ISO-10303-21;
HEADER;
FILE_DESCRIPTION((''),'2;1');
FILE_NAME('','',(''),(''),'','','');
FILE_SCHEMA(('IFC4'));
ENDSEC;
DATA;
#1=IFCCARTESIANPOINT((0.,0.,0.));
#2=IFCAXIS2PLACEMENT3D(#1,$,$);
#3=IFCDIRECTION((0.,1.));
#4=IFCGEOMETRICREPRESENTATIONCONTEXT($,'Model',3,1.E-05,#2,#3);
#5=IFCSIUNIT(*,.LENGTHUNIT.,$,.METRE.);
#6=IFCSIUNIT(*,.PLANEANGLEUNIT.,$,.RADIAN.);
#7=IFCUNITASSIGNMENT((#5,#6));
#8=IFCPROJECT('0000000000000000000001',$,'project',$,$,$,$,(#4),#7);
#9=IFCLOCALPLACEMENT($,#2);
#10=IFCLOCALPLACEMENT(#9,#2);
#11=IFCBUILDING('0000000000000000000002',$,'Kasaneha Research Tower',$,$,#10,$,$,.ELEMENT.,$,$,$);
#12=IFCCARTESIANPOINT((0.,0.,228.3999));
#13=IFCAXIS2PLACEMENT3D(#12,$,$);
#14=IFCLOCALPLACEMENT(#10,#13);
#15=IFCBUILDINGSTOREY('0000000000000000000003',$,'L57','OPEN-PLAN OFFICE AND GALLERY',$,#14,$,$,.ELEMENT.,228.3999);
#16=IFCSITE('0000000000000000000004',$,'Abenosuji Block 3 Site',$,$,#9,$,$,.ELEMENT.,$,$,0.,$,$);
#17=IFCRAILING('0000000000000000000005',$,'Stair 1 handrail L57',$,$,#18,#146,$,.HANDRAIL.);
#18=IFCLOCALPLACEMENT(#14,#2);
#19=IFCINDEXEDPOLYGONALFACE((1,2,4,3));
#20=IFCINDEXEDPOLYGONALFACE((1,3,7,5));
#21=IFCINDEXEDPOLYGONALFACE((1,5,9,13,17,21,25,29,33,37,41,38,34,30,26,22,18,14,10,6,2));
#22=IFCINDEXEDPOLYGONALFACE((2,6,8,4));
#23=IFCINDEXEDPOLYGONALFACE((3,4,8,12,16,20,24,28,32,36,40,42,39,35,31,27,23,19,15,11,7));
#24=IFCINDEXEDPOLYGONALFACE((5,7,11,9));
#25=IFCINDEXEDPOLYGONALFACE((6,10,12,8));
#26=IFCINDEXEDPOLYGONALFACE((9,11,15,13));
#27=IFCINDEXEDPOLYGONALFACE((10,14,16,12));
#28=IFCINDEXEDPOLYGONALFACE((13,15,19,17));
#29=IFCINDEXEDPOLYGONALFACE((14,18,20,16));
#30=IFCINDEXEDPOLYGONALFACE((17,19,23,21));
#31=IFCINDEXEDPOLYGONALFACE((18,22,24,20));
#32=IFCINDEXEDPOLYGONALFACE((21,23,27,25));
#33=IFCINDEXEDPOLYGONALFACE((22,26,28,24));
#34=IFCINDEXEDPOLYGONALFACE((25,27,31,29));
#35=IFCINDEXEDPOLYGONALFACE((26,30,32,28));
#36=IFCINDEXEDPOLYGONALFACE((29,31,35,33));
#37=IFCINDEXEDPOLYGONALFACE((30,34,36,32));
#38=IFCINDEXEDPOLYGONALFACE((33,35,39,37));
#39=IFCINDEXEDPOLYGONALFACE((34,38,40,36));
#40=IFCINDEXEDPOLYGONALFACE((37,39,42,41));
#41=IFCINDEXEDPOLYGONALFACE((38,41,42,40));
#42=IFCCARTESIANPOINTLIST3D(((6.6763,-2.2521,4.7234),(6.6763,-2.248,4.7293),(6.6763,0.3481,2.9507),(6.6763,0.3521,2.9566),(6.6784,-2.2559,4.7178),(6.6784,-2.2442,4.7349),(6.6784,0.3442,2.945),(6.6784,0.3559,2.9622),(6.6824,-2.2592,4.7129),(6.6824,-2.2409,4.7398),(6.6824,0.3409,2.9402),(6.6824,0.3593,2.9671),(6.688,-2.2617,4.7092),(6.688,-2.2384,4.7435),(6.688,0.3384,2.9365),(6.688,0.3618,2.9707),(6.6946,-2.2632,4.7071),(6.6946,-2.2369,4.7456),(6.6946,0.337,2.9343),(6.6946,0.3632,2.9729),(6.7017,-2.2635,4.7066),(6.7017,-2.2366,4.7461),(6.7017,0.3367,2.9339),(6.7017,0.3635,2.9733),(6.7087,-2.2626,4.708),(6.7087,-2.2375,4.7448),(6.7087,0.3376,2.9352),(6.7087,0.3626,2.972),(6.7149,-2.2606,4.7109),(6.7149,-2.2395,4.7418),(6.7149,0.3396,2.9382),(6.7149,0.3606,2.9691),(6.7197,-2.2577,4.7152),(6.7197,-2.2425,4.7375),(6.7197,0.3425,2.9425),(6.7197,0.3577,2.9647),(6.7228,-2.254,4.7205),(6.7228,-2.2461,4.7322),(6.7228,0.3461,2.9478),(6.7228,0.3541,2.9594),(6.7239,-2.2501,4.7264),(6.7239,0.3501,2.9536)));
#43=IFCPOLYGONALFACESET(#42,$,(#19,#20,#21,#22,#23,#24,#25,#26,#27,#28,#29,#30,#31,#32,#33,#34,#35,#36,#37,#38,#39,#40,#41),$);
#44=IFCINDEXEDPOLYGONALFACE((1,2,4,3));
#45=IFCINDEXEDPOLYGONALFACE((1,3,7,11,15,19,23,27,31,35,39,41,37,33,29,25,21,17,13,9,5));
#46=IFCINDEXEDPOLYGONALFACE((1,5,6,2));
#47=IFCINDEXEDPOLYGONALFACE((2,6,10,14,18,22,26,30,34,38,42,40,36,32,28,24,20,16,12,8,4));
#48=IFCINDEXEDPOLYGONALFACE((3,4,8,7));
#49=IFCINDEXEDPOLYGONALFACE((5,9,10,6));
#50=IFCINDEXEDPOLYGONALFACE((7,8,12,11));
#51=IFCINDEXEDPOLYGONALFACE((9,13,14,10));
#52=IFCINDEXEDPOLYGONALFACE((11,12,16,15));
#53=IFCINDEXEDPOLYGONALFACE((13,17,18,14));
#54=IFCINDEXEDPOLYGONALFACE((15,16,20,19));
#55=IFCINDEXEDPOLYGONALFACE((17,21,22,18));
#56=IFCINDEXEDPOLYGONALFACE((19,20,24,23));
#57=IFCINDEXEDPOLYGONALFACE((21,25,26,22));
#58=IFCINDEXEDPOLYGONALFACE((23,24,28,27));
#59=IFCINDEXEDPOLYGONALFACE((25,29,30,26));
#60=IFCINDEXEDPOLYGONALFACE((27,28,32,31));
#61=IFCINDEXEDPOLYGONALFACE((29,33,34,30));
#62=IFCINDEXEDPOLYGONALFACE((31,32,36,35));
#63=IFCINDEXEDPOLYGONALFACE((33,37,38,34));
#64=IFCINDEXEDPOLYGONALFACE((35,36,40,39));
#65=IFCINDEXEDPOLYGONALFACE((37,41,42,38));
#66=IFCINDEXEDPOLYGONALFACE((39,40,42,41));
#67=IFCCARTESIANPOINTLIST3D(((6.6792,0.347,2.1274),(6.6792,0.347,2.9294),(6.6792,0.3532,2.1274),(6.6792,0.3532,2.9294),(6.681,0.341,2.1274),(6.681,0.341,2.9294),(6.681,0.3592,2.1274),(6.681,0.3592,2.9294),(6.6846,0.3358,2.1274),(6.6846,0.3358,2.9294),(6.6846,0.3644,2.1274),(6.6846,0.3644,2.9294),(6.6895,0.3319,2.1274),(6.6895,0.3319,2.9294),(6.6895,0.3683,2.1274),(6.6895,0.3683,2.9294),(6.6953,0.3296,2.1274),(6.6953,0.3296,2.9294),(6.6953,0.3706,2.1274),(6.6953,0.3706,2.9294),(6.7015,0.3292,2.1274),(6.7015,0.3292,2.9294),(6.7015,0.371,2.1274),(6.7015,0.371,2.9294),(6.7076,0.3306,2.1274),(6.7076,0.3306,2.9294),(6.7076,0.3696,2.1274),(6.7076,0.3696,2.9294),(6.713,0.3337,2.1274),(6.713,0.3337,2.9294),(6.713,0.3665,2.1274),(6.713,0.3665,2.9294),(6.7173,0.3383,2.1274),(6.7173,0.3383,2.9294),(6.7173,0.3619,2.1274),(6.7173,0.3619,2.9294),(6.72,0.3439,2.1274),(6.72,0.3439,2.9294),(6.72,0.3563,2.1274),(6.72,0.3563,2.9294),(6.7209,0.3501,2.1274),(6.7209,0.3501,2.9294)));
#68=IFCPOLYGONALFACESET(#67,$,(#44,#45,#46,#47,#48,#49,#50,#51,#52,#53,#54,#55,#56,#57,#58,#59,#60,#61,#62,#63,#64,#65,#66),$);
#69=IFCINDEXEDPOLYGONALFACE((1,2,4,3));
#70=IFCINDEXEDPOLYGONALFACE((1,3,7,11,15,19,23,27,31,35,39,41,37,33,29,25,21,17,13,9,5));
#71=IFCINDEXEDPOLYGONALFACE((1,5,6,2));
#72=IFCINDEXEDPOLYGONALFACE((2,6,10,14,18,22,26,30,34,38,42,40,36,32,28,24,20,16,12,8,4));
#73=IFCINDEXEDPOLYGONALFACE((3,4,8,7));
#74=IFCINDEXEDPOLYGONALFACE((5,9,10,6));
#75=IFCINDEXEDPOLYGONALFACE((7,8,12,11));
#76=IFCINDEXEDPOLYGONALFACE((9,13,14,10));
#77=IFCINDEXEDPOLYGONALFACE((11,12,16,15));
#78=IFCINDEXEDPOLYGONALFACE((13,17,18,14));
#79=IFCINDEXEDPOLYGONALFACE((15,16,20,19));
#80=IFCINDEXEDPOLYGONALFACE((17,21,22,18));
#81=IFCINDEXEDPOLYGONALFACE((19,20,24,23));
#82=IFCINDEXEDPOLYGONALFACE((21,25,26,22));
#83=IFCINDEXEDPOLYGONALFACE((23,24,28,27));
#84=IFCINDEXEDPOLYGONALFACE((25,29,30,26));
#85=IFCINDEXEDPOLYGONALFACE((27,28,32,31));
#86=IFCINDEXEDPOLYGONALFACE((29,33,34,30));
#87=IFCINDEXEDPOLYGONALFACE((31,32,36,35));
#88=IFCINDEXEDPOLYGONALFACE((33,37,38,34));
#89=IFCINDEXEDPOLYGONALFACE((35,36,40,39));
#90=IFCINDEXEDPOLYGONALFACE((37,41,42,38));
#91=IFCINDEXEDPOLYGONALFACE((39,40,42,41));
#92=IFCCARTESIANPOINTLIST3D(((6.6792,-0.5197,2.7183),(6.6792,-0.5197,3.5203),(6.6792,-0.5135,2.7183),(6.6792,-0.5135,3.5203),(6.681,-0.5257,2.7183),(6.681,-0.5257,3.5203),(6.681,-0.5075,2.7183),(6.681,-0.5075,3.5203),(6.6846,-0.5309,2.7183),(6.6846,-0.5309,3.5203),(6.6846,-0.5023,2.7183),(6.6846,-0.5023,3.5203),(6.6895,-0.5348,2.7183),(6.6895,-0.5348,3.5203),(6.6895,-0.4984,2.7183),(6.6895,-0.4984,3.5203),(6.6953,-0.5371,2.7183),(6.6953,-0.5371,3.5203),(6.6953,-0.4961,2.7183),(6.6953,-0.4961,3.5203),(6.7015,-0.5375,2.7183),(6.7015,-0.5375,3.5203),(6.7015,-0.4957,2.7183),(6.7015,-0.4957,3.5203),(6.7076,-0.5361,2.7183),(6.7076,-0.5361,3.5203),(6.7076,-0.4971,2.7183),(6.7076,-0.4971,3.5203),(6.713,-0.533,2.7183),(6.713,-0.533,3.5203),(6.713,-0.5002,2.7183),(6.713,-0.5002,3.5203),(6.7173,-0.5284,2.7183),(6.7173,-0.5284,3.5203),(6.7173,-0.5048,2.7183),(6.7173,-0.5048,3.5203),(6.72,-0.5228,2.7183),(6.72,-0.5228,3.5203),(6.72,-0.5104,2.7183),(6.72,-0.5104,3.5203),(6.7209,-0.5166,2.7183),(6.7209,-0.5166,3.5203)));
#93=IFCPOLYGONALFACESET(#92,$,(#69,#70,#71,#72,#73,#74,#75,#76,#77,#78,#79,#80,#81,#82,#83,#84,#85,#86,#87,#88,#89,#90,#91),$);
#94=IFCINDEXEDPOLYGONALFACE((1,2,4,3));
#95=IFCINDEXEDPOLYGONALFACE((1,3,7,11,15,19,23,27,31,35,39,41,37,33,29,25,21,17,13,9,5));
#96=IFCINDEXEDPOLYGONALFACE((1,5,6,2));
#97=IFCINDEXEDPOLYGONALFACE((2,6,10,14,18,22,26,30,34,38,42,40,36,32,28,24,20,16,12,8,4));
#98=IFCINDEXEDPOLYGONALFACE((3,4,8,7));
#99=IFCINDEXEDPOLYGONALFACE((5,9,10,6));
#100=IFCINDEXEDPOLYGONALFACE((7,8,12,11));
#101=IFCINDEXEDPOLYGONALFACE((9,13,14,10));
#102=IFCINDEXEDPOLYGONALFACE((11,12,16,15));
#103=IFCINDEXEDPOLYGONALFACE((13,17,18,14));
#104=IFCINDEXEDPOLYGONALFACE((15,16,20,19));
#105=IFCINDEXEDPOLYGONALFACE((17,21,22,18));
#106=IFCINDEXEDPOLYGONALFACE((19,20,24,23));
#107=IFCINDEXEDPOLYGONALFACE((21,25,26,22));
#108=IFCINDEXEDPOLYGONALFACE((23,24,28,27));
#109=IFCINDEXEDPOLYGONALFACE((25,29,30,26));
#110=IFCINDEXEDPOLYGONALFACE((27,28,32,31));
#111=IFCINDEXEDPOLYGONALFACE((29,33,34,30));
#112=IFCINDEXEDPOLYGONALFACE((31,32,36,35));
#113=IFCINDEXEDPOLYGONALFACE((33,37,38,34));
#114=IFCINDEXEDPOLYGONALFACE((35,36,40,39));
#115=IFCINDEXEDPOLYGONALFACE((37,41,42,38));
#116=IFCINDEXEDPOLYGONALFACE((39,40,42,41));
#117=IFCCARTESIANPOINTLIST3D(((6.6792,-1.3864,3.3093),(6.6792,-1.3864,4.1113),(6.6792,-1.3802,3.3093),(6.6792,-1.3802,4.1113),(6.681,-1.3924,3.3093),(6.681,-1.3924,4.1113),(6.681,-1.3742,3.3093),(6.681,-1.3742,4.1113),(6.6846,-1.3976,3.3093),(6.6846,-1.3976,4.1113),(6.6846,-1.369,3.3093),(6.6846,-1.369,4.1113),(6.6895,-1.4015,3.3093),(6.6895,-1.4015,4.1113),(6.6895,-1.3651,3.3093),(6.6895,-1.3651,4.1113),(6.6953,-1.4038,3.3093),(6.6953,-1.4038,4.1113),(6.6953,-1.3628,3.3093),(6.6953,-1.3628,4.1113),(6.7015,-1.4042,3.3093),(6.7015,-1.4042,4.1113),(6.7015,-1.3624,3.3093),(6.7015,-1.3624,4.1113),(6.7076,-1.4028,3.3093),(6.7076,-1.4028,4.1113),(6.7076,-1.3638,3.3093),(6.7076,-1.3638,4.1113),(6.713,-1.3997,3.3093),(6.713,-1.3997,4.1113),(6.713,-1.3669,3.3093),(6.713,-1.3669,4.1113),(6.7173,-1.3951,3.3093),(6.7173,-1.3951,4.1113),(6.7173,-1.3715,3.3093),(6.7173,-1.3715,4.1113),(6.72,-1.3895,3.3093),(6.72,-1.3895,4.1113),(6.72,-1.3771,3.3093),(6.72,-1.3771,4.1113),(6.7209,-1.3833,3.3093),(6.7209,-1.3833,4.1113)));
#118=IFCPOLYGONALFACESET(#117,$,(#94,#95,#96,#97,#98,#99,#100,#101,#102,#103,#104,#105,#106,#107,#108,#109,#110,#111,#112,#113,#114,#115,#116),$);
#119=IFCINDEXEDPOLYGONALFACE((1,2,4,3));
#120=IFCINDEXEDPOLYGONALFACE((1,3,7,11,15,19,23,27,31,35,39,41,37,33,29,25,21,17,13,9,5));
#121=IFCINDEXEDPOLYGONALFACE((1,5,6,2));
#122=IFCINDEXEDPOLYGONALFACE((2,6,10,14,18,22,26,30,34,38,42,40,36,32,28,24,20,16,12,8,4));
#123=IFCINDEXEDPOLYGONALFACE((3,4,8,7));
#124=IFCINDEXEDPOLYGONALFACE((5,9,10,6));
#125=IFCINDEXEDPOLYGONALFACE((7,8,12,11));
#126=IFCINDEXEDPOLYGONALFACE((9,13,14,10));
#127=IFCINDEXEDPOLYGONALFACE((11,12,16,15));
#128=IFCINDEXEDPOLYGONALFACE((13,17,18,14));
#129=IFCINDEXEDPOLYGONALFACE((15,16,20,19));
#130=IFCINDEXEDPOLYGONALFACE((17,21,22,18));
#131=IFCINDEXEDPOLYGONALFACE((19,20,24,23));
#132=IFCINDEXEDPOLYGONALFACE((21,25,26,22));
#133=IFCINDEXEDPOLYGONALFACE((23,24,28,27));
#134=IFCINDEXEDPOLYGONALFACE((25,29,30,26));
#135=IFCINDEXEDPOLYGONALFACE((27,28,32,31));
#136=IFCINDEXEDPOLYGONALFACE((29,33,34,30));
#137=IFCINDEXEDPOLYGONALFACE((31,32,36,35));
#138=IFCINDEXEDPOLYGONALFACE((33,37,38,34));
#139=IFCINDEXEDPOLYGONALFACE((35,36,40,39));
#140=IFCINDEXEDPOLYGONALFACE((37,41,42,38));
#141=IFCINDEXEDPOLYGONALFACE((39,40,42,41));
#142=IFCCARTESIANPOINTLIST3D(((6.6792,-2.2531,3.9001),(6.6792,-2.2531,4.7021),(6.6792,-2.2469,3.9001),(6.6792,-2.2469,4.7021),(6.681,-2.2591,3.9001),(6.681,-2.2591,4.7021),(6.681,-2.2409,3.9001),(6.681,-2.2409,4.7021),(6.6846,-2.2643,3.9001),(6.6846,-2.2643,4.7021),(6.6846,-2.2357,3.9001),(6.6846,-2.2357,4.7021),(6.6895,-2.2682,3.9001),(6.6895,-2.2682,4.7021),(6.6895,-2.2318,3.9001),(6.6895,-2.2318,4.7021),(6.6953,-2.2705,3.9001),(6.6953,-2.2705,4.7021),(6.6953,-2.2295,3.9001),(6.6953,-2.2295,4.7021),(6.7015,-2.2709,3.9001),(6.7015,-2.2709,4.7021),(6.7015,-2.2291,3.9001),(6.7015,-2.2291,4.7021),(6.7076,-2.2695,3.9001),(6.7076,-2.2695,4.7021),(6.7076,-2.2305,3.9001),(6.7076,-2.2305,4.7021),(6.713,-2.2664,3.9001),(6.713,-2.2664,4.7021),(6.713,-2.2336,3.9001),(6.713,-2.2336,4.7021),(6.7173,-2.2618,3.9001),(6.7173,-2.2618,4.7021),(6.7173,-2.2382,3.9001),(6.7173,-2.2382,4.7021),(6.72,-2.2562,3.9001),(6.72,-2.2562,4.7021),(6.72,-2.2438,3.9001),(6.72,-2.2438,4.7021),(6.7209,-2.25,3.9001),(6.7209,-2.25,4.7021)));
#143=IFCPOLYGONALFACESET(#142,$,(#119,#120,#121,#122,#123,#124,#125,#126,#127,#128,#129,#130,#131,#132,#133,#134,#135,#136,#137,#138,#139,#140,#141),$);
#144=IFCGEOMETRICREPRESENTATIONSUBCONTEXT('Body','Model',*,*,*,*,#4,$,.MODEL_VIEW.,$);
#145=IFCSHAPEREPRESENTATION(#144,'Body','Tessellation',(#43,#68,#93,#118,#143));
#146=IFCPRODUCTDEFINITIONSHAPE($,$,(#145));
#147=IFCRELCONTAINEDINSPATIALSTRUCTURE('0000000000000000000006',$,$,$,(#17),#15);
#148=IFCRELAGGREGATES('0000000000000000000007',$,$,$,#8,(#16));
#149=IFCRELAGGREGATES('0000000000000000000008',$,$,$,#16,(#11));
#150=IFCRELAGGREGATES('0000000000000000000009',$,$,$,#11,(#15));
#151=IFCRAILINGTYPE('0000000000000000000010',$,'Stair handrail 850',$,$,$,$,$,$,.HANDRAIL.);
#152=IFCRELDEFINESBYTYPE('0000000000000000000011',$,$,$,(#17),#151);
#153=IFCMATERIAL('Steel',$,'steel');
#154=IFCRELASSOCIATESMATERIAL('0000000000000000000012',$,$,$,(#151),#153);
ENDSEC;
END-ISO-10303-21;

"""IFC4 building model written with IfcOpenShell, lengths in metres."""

from ifc_helpers import new_model, si_unit, direction, frame, origin, origin_2d, place, context, subcontext, project, spatial, circle, extrude, material, type_object, element, save


model = new_model("IFC4")

# Units and contexts
model_context = context("Model", 3, precision=1e-05, world=origin(), true_north=direction((0.0, 1.0)))
body_context = subcontext(model_context, "Body", "Model", "MODEL_VIEW")
ifc_project = project(units=[si_unit("LENGTHUNIT", "METRE"), si_unit("PLANEANGLEUNIT", "RADIAN")], contexts=[model_context])

# Site, building, storey
site_placement = place(None, origin())
site = spatial("IfcSite", under=ifc_project, at=site_placement, Name="Abenosuji Block 3 Site", CompositionType="ELEMENT", RefElevation=0.0)
building_placement = place(site_placement, origin())
building = spatial("IfcBuilding", under=site, at=building_placement, Name="Kasaneha Research Tower", CompositionType="ELEMENT")
storey_placement = place(building_placement, frame((0.0, 0.0, 228.3999)))
storey = spatial("IfcBuildingStorey", under=building, at=storey_placement, Name="L57", Description="OPEN-PLAN OFFICE AND GALLERY", CompositionType="ELEMENT", Elevation=228.3999)

# Railing
ifc_material_1 = material(Name="Steel", Category="steel")
railing_type_1 = type_object("IfcRailingType", Name="Stair handrail 850", PredefinedType="HANDRAIL", material=ifc_material_1)
railing_1_placement = place(storey_placement, frame((6.7, 0.3501, 2.1274)))
element("IfcRailing", 1, at=railing_1_placement, inside=storey, type_object=railing_type_1, Name="Stair 1 handrail L57", PredefinedType="HANDRAIL", context=body_context, shape_type="SweptSolid", body=[
    extrude(circle(Radius=0.0239, at=origin_2d()), frame((0.0, 0.0, 0.8262), z_axis=(0.0, -0.82624, 0.563318), x_axis=(1.0, 0.0, 0.0)), (0.0, 0.0, 1.0), 3.147),
    extrude(circle(Radius=0.021, at=origin_2d()), origin(), (0.0, 0.0, 1.0), 0.802),
    extrude(circle(Radius=0.021, at=origin_2d()), frame((0.0, -0.8667, 0.5908)), (0.0, 0.0, 1.0), 0.802),
    extrude(circle(Radius=0.021, at=origin_2d()), frame((0.0, -1.7334, 1.1819)), (0.0, 0.0, 1.0), 0.802),
    extrude(circle(Radius=0.021, at=origin_2d()), frame((0.0, -2.6001, 1.7727)), (0.0, 0.0, 1.0), 0.802),
])

save(model, "model.ifc")
